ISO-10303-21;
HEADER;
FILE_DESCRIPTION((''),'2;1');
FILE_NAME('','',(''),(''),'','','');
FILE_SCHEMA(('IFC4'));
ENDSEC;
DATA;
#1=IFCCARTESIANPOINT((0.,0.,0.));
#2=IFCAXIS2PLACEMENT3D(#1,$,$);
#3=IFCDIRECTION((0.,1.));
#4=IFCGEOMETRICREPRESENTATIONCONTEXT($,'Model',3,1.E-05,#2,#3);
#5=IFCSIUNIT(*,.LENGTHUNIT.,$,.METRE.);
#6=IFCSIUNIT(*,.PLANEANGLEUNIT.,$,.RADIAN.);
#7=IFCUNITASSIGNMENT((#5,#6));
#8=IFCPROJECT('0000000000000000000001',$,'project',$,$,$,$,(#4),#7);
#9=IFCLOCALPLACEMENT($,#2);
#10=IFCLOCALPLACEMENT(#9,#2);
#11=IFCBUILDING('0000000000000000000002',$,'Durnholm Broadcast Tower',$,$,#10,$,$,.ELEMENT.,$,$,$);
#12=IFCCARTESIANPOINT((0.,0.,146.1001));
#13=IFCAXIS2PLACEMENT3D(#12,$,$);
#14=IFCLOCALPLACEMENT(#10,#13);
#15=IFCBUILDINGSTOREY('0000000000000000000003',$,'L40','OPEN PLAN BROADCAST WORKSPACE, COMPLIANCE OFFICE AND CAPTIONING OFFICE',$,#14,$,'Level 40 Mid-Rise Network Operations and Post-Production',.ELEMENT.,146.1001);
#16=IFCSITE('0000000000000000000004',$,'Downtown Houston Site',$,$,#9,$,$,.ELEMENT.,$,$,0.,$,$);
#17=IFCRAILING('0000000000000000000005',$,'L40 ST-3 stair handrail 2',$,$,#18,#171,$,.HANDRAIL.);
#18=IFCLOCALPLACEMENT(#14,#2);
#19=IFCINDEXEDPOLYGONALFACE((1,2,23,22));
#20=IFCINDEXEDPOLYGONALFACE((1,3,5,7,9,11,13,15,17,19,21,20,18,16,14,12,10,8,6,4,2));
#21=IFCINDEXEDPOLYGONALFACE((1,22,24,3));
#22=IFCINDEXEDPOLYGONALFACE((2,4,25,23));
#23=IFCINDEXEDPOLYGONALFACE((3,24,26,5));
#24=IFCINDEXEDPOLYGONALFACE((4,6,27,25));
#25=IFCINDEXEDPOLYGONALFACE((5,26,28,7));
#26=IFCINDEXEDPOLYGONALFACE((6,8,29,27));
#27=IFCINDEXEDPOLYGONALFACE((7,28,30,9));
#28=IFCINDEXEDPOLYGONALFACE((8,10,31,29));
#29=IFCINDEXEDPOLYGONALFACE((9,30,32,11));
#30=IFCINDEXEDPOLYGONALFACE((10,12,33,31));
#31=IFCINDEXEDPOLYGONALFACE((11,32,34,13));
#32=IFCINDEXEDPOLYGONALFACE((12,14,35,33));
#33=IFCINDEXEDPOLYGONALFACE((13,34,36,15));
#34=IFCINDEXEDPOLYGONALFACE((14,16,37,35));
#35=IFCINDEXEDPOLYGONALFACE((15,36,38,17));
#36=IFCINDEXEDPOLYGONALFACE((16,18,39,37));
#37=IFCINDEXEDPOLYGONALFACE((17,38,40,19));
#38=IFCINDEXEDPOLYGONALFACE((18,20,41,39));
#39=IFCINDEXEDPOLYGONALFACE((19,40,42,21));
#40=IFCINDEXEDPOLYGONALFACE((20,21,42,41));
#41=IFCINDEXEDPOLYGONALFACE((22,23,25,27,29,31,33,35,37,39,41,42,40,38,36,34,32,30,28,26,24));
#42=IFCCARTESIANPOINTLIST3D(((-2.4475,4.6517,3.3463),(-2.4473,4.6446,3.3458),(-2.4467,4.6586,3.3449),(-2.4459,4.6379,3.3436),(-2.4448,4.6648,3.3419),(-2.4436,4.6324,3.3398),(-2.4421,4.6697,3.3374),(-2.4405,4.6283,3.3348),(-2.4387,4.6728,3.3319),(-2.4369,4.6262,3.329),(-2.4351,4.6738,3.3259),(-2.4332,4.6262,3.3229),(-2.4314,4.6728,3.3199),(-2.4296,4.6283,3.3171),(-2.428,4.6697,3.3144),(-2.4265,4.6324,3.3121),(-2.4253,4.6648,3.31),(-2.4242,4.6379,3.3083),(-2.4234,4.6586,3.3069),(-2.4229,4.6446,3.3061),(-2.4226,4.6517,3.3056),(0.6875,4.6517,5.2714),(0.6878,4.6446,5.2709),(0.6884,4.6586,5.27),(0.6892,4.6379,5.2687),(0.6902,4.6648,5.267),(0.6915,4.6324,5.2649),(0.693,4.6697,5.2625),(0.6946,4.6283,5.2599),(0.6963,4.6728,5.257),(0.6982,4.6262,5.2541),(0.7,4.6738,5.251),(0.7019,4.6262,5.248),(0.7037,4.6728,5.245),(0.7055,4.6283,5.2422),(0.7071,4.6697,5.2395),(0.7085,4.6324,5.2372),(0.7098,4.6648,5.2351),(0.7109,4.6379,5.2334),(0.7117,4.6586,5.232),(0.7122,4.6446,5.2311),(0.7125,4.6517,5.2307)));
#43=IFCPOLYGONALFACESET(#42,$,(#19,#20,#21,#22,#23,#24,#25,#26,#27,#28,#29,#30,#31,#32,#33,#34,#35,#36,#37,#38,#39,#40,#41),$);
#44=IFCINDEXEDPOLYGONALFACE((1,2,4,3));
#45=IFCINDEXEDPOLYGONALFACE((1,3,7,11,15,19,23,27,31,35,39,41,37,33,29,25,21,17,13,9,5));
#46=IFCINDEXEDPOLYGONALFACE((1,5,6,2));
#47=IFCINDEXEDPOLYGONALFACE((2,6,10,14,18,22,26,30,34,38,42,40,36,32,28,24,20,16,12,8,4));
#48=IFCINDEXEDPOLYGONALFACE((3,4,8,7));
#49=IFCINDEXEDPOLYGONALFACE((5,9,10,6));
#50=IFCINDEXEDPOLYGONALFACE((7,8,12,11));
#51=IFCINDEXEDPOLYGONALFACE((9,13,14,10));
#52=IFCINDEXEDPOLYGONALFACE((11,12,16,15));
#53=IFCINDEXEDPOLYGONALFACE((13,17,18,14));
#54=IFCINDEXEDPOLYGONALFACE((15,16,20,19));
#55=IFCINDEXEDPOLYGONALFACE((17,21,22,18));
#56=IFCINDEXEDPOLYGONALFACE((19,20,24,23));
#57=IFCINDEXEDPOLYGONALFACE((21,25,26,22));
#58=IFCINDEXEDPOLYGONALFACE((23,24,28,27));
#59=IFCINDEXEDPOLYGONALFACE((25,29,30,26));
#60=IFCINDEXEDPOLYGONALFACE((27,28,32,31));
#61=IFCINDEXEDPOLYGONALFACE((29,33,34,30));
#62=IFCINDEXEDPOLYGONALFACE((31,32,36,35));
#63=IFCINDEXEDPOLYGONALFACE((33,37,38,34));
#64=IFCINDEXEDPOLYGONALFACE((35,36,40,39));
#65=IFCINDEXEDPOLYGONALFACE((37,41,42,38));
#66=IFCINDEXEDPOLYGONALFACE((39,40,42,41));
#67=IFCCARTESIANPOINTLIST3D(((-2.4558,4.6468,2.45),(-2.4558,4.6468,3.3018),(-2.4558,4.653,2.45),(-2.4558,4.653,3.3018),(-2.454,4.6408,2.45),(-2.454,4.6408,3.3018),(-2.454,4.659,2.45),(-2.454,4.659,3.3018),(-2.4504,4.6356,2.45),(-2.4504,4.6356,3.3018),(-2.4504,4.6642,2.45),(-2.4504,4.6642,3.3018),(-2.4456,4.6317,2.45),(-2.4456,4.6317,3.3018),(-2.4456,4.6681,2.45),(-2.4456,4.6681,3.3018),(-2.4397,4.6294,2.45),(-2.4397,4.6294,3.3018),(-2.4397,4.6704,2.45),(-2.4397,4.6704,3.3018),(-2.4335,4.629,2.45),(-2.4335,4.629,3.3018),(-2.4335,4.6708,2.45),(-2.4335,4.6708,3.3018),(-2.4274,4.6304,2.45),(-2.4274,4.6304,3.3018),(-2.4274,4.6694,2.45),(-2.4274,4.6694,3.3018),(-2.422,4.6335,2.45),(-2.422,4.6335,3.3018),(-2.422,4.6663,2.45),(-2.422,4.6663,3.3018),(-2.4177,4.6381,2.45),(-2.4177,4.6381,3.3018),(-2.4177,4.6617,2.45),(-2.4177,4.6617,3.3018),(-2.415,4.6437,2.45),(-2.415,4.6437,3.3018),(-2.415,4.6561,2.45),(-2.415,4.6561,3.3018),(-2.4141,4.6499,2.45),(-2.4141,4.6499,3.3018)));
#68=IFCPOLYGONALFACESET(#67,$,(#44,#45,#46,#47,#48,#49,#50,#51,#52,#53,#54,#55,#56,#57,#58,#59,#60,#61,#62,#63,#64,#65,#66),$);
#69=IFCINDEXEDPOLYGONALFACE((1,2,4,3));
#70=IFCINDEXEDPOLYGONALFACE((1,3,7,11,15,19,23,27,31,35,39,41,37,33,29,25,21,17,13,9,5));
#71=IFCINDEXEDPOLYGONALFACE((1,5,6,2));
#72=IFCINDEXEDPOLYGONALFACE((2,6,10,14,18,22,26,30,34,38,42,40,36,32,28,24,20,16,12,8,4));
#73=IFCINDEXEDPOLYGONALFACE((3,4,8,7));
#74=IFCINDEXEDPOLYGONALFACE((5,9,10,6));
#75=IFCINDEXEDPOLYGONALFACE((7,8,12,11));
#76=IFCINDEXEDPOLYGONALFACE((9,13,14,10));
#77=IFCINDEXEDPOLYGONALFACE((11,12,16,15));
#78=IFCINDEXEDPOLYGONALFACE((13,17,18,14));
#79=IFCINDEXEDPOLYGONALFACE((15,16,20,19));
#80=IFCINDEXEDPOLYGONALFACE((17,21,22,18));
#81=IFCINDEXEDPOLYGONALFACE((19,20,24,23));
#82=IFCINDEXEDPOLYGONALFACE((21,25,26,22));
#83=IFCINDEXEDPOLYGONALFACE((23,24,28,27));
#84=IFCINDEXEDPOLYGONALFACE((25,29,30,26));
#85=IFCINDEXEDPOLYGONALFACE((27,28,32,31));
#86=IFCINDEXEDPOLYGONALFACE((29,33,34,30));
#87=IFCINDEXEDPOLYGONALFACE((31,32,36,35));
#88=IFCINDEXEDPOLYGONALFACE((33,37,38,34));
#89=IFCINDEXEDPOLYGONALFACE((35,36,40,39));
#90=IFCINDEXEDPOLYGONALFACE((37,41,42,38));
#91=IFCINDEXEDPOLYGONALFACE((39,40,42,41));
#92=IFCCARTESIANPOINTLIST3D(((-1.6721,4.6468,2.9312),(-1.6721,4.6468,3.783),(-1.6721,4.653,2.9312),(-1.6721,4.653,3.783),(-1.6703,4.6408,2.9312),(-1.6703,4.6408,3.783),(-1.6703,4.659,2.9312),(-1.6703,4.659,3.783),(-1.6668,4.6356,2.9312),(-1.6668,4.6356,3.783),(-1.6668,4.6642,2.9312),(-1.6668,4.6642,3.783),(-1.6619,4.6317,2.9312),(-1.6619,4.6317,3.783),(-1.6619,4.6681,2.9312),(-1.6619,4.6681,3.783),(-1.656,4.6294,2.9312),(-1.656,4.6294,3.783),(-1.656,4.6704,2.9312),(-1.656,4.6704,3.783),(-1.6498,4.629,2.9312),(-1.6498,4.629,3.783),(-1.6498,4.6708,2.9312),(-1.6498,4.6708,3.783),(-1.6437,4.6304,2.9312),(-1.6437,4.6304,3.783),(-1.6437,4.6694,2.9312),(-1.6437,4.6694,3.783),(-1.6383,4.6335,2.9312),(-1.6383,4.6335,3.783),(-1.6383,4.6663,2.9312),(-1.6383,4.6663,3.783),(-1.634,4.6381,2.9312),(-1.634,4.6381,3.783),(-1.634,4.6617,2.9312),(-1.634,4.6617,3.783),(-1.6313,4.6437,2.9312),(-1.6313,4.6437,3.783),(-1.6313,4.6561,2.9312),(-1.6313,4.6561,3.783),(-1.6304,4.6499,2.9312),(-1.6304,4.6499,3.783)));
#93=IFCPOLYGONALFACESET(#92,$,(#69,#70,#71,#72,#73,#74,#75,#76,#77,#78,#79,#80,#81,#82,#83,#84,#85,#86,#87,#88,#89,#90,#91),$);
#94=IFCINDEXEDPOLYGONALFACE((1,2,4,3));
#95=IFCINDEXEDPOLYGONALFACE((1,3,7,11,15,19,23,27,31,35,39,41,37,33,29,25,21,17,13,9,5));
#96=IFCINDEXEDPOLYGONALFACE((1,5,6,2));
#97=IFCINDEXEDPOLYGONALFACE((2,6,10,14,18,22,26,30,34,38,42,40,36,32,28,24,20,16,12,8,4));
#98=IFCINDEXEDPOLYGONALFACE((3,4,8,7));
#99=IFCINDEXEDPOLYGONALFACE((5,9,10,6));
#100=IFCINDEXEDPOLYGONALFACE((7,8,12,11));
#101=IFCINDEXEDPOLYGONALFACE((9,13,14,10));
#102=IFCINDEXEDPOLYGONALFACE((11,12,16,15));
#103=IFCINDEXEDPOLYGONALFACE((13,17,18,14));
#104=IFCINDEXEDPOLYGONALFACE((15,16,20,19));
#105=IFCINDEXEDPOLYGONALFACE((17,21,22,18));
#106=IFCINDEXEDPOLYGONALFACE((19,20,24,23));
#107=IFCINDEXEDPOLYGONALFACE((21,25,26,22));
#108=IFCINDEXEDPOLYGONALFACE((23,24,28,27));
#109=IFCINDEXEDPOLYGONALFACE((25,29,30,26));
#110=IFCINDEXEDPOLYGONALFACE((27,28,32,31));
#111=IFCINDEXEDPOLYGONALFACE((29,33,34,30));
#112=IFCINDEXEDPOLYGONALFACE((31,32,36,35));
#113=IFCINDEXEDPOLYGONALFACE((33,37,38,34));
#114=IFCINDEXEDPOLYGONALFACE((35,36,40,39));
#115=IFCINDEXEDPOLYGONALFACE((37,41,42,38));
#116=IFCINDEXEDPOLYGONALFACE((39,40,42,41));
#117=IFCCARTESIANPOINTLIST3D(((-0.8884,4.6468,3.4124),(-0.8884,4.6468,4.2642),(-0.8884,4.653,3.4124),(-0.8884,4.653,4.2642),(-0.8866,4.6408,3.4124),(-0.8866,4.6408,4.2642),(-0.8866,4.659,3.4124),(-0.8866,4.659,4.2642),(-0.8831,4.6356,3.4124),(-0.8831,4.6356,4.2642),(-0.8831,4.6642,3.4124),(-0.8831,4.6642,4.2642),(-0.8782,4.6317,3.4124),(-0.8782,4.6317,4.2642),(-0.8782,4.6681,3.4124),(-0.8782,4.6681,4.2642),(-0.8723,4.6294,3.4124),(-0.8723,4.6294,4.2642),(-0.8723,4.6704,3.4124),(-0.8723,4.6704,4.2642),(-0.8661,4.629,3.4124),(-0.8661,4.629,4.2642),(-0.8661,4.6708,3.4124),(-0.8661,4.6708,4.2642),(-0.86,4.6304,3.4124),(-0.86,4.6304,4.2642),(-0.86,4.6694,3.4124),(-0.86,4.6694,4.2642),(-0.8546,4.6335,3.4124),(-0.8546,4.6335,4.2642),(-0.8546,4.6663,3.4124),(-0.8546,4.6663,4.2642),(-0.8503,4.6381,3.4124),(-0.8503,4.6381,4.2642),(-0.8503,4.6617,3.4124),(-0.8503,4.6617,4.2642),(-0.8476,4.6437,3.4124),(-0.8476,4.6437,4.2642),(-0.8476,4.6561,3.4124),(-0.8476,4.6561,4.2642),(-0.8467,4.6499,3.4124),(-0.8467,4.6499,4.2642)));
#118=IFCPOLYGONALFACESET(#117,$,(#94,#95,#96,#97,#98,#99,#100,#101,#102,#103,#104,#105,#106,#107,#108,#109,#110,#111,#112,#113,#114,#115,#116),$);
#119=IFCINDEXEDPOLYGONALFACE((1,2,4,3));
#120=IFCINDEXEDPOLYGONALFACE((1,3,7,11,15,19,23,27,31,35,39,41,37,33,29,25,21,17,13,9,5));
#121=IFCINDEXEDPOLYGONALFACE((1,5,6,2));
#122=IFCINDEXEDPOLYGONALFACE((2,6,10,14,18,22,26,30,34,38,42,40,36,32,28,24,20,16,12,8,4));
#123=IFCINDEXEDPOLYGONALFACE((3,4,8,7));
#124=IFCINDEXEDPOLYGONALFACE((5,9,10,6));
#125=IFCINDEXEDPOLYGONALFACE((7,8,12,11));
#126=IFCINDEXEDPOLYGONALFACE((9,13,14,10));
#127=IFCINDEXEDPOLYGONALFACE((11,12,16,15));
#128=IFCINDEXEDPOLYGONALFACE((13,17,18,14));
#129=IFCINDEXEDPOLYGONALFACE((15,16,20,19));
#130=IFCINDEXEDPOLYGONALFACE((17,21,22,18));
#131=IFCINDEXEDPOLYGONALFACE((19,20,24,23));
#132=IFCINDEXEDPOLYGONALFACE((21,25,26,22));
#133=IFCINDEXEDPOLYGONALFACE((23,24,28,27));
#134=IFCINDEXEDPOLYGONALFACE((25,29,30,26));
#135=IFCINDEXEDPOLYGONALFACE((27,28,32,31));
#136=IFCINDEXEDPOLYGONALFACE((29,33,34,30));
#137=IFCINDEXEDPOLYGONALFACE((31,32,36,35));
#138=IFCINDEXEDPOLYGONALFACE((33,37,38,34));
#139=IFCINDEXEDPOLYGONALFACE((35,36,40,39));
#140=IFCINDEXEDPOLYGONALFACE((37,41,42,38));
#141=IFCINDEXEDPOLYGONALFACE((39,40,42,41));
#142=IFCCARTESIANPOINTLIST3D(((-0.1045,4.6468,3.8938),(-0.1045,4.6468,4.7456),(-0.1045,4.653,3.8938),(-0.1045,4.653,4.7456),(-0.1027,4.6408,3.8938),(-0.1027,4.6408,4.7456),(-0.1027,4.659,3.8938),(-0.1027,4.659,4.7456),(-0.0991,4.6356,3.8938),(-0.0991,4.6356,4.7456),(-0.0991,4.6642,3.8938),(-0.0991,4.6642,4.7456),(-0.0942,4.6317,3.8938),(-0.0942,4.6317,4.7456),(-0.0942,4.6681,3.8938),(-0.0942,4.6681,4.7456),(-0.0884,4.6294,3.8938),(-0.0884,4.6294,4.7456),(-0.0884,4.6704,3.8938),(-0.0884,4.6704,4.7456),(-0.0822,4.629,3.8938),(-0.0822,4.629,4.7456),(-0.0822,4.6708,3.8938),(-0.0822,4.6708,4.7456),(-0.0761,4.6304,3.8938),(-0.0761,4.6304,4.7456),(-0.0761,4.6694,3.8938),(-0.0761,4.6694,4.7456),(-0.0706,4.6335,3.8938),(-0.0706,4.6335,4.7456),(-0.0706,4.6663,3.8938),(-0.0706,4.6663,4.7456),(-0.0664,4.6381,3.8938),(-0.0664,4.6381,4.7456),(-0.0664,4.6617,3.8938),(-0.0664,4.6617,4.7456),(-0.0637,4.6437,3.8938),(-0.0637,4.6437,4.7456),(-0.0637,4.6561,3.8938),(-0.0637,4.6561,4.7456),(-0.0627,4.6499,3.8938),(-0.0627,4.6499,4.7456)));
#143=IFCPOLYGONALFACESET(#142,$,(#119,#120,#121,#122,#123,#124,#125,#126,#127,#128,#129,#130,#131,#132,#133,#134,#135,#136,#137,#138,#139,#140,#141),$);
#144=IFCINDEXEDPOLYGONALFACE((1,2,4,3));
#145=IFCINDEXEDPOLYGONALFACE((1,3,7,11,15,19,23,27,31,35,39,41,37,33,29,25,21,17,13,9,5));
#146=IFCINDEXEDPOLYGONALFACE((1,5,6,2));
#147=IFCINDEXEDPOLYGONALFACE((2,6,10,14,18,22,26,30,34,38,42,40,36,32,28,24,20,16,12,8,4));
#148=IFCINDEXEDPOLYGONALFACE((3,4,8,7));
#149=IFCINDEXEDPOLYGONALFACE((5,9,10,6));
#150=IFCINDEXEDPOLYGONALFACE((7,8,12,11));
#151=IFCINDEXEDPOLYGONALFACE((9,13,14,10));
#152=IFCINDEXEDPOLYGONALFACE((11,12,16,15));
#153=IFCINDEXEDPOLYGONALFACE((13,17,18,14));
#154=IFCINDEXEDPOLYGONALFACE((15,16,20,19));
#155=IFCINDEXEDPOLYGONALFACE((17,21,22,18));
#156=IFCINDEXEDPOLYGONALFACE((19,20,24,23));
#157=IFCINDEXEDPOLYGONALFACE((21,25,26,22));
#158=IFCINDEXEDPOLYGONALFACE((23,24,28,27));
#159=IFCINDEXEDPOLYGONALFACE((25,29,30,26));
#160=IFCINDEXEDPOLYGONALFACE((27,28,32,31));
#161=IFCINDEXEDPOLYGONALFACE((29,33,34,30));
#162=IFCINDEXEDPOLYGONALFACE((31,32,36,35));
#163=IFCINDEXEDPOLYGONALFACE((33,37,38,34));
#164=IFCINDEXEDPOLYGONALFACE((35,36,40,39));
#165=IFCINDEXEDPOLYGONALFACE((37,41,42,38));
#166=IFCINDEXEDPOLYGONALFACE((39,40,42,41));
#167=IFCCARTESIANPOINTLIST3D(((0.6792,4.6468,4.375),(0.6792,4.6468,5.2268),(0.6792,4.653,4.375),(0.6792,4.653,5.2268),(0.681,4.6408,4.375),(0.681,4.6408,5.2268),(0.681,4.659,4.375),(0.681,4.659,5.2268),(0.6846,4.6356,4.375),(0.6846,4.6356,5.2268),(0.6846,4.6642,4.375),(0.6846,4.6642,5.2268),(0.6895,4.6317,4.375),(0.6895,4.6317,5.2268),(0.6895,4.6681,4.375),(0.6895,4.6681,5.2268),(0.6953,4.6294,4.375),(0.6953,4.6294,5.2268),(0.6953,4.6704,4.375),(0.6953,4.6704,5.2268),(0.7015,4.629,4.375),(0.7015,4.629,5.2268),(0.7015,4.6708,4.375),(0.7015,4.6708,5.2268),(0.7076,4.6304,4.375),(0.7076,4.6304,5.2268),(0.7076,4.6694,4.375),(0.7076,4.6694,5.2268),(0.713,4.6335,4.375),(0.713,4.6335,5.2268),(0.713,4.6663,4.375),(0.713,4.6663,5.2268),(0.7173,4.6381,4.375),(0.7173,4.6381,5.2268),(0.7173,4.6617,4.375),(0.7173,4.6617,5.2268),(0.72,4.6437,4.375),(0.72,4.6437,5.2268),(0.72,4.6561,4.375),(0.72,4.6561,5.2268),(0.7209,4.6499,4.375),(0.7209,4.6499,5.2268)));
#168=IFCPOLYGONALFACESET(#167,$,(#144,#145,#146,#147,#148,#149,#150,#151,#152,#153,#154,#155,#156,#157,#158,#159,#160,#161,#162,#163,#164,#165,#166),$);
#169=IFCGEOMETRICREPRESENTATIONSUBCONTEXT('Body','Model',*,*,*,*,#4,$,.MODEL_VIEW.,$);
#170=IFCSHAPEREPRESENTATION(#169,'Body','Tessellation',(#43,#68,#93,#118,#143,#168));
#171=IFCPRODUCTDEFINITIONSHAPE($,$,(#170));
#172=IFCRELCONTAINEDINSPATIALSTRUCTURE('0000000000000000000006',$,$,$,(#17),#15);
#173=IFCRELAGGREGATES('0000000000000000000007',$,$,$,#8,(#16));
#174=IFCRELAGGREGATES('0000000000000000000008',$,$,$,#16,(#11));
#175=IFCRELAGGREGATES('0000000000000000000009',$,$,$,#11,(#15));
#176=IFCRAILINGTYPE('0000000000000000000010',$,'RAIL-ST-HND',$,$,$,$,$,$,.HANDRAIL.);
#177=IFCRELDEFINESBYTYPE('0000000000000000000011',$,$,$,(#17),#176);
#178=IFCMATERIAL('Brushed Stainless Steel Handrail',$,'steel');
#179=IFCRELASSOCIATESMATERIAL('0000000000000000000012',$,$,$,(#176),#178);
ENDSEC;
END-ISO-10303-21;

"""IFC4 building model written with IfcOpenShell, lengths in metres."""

from ifc_helpers import new_model, si_unit, direction, frame, origin, origin_2d, place, context, subcontext, project, spatial, circle, extrude, material, type_object, element, save


model = new_model("IFC4")

# Units and contexts
model_context = context("Model", 3, precision=1e-05, world=origin(), true_north=direction((0.0, 1.0)))
body_context = subcontext(model_context, "Body", "Model", "MODEL_VIEW")
ifc_project = project(units=[si_unit("LENGTHUNIT", "METRE"), si_unit("PLANEANGLEUNIT", "RADIAN")], contexts=[model_context])

# Site, building, storey
site_placement = place(None, origin())
site = spatial("IfcSite", under=ifc_project, at=site_placement, Name="Downtown Houston Site", CompositionType="ELEMENT", RefElevation=0.0)
building_placement = place(site_placement, origin())
building = spatial("IfcBuilding", under=site, at=building_placement, Name="Durnholm Broadcast Tower", CompositionType="ELEMENT")
storey_placement = place(building_placement, frame((0.0, 0.0, 146.1001)))
storey = spatial("IfcBuildingStorey", under=building, at=storey_placement, Name="L40", Description="OPEN PLAN BROADCAST WORKSPACE, COMPLIANCE OFFICE AND CAPTIONING OFFICE", LongName="Level 40 Mid-Rise Network Operations and Post-Production", CompositionType="ELEMENT", Elevation=146.1001)

# Railing
ifc_material_1 = material(Name="Brushed Stainless Steel Handrail", Category="steel")
railing_type_1 = type_object("IfcRailingType", Name="RAIL-ST-HND", PredefinedType="HANDRAIL", material=ifc_material_1)
railing_1_placement = place(storey_placement, frame((-2.4351, 4.6499, 2.45)))
element("IfcRailing", 1, at=railing_1_placement, inside=storey, type_object=railing_type_1, Name="L40 ST-3 stair handrail 2", PredefinedType="HANDRAIL", context=body_context, shape_type="SweptSolid", body=[
    extrude(circle(Radius=0.0239, at=origin_2d()), frame((0.0, 0.0, 0.876), z_axis=(0.852166, 0.0, 0.523271), x_axis=(0.0, 1.0, 0.0)), (0.0, 0.0, 1.0), 3.679),
    extrude(circle(Radius=0.021, at=origin_2d()), origin(), (0.0, 0.0, 1.0), 0.8518),
    extrude(circle(Radius=0.021, at=origin_2d()), frame((0.7837, 0.0, 0.4812)), (0.0, 0.0, 1.0), 0.8518),
    extrude(circle(Radius=0.021, at=origin_2d()), frame((1.5674, 0.0, 0.9624)), (0.0, 0.0, 1.0), 0.8518),
    extrude(circle(Radius=0.021, at=origin_2d()), frame((2.3513, 0.0, 1.4438)), (0.0, 0.0, 1.0), 0.8518),
    extrude(circle(Radius=0.021, at=origin_2d()), frame((3.135, 0.0, 1.925)), (0.0, 0.0, 1.0), 0.8518),
])

save(model, "model.ifc")
